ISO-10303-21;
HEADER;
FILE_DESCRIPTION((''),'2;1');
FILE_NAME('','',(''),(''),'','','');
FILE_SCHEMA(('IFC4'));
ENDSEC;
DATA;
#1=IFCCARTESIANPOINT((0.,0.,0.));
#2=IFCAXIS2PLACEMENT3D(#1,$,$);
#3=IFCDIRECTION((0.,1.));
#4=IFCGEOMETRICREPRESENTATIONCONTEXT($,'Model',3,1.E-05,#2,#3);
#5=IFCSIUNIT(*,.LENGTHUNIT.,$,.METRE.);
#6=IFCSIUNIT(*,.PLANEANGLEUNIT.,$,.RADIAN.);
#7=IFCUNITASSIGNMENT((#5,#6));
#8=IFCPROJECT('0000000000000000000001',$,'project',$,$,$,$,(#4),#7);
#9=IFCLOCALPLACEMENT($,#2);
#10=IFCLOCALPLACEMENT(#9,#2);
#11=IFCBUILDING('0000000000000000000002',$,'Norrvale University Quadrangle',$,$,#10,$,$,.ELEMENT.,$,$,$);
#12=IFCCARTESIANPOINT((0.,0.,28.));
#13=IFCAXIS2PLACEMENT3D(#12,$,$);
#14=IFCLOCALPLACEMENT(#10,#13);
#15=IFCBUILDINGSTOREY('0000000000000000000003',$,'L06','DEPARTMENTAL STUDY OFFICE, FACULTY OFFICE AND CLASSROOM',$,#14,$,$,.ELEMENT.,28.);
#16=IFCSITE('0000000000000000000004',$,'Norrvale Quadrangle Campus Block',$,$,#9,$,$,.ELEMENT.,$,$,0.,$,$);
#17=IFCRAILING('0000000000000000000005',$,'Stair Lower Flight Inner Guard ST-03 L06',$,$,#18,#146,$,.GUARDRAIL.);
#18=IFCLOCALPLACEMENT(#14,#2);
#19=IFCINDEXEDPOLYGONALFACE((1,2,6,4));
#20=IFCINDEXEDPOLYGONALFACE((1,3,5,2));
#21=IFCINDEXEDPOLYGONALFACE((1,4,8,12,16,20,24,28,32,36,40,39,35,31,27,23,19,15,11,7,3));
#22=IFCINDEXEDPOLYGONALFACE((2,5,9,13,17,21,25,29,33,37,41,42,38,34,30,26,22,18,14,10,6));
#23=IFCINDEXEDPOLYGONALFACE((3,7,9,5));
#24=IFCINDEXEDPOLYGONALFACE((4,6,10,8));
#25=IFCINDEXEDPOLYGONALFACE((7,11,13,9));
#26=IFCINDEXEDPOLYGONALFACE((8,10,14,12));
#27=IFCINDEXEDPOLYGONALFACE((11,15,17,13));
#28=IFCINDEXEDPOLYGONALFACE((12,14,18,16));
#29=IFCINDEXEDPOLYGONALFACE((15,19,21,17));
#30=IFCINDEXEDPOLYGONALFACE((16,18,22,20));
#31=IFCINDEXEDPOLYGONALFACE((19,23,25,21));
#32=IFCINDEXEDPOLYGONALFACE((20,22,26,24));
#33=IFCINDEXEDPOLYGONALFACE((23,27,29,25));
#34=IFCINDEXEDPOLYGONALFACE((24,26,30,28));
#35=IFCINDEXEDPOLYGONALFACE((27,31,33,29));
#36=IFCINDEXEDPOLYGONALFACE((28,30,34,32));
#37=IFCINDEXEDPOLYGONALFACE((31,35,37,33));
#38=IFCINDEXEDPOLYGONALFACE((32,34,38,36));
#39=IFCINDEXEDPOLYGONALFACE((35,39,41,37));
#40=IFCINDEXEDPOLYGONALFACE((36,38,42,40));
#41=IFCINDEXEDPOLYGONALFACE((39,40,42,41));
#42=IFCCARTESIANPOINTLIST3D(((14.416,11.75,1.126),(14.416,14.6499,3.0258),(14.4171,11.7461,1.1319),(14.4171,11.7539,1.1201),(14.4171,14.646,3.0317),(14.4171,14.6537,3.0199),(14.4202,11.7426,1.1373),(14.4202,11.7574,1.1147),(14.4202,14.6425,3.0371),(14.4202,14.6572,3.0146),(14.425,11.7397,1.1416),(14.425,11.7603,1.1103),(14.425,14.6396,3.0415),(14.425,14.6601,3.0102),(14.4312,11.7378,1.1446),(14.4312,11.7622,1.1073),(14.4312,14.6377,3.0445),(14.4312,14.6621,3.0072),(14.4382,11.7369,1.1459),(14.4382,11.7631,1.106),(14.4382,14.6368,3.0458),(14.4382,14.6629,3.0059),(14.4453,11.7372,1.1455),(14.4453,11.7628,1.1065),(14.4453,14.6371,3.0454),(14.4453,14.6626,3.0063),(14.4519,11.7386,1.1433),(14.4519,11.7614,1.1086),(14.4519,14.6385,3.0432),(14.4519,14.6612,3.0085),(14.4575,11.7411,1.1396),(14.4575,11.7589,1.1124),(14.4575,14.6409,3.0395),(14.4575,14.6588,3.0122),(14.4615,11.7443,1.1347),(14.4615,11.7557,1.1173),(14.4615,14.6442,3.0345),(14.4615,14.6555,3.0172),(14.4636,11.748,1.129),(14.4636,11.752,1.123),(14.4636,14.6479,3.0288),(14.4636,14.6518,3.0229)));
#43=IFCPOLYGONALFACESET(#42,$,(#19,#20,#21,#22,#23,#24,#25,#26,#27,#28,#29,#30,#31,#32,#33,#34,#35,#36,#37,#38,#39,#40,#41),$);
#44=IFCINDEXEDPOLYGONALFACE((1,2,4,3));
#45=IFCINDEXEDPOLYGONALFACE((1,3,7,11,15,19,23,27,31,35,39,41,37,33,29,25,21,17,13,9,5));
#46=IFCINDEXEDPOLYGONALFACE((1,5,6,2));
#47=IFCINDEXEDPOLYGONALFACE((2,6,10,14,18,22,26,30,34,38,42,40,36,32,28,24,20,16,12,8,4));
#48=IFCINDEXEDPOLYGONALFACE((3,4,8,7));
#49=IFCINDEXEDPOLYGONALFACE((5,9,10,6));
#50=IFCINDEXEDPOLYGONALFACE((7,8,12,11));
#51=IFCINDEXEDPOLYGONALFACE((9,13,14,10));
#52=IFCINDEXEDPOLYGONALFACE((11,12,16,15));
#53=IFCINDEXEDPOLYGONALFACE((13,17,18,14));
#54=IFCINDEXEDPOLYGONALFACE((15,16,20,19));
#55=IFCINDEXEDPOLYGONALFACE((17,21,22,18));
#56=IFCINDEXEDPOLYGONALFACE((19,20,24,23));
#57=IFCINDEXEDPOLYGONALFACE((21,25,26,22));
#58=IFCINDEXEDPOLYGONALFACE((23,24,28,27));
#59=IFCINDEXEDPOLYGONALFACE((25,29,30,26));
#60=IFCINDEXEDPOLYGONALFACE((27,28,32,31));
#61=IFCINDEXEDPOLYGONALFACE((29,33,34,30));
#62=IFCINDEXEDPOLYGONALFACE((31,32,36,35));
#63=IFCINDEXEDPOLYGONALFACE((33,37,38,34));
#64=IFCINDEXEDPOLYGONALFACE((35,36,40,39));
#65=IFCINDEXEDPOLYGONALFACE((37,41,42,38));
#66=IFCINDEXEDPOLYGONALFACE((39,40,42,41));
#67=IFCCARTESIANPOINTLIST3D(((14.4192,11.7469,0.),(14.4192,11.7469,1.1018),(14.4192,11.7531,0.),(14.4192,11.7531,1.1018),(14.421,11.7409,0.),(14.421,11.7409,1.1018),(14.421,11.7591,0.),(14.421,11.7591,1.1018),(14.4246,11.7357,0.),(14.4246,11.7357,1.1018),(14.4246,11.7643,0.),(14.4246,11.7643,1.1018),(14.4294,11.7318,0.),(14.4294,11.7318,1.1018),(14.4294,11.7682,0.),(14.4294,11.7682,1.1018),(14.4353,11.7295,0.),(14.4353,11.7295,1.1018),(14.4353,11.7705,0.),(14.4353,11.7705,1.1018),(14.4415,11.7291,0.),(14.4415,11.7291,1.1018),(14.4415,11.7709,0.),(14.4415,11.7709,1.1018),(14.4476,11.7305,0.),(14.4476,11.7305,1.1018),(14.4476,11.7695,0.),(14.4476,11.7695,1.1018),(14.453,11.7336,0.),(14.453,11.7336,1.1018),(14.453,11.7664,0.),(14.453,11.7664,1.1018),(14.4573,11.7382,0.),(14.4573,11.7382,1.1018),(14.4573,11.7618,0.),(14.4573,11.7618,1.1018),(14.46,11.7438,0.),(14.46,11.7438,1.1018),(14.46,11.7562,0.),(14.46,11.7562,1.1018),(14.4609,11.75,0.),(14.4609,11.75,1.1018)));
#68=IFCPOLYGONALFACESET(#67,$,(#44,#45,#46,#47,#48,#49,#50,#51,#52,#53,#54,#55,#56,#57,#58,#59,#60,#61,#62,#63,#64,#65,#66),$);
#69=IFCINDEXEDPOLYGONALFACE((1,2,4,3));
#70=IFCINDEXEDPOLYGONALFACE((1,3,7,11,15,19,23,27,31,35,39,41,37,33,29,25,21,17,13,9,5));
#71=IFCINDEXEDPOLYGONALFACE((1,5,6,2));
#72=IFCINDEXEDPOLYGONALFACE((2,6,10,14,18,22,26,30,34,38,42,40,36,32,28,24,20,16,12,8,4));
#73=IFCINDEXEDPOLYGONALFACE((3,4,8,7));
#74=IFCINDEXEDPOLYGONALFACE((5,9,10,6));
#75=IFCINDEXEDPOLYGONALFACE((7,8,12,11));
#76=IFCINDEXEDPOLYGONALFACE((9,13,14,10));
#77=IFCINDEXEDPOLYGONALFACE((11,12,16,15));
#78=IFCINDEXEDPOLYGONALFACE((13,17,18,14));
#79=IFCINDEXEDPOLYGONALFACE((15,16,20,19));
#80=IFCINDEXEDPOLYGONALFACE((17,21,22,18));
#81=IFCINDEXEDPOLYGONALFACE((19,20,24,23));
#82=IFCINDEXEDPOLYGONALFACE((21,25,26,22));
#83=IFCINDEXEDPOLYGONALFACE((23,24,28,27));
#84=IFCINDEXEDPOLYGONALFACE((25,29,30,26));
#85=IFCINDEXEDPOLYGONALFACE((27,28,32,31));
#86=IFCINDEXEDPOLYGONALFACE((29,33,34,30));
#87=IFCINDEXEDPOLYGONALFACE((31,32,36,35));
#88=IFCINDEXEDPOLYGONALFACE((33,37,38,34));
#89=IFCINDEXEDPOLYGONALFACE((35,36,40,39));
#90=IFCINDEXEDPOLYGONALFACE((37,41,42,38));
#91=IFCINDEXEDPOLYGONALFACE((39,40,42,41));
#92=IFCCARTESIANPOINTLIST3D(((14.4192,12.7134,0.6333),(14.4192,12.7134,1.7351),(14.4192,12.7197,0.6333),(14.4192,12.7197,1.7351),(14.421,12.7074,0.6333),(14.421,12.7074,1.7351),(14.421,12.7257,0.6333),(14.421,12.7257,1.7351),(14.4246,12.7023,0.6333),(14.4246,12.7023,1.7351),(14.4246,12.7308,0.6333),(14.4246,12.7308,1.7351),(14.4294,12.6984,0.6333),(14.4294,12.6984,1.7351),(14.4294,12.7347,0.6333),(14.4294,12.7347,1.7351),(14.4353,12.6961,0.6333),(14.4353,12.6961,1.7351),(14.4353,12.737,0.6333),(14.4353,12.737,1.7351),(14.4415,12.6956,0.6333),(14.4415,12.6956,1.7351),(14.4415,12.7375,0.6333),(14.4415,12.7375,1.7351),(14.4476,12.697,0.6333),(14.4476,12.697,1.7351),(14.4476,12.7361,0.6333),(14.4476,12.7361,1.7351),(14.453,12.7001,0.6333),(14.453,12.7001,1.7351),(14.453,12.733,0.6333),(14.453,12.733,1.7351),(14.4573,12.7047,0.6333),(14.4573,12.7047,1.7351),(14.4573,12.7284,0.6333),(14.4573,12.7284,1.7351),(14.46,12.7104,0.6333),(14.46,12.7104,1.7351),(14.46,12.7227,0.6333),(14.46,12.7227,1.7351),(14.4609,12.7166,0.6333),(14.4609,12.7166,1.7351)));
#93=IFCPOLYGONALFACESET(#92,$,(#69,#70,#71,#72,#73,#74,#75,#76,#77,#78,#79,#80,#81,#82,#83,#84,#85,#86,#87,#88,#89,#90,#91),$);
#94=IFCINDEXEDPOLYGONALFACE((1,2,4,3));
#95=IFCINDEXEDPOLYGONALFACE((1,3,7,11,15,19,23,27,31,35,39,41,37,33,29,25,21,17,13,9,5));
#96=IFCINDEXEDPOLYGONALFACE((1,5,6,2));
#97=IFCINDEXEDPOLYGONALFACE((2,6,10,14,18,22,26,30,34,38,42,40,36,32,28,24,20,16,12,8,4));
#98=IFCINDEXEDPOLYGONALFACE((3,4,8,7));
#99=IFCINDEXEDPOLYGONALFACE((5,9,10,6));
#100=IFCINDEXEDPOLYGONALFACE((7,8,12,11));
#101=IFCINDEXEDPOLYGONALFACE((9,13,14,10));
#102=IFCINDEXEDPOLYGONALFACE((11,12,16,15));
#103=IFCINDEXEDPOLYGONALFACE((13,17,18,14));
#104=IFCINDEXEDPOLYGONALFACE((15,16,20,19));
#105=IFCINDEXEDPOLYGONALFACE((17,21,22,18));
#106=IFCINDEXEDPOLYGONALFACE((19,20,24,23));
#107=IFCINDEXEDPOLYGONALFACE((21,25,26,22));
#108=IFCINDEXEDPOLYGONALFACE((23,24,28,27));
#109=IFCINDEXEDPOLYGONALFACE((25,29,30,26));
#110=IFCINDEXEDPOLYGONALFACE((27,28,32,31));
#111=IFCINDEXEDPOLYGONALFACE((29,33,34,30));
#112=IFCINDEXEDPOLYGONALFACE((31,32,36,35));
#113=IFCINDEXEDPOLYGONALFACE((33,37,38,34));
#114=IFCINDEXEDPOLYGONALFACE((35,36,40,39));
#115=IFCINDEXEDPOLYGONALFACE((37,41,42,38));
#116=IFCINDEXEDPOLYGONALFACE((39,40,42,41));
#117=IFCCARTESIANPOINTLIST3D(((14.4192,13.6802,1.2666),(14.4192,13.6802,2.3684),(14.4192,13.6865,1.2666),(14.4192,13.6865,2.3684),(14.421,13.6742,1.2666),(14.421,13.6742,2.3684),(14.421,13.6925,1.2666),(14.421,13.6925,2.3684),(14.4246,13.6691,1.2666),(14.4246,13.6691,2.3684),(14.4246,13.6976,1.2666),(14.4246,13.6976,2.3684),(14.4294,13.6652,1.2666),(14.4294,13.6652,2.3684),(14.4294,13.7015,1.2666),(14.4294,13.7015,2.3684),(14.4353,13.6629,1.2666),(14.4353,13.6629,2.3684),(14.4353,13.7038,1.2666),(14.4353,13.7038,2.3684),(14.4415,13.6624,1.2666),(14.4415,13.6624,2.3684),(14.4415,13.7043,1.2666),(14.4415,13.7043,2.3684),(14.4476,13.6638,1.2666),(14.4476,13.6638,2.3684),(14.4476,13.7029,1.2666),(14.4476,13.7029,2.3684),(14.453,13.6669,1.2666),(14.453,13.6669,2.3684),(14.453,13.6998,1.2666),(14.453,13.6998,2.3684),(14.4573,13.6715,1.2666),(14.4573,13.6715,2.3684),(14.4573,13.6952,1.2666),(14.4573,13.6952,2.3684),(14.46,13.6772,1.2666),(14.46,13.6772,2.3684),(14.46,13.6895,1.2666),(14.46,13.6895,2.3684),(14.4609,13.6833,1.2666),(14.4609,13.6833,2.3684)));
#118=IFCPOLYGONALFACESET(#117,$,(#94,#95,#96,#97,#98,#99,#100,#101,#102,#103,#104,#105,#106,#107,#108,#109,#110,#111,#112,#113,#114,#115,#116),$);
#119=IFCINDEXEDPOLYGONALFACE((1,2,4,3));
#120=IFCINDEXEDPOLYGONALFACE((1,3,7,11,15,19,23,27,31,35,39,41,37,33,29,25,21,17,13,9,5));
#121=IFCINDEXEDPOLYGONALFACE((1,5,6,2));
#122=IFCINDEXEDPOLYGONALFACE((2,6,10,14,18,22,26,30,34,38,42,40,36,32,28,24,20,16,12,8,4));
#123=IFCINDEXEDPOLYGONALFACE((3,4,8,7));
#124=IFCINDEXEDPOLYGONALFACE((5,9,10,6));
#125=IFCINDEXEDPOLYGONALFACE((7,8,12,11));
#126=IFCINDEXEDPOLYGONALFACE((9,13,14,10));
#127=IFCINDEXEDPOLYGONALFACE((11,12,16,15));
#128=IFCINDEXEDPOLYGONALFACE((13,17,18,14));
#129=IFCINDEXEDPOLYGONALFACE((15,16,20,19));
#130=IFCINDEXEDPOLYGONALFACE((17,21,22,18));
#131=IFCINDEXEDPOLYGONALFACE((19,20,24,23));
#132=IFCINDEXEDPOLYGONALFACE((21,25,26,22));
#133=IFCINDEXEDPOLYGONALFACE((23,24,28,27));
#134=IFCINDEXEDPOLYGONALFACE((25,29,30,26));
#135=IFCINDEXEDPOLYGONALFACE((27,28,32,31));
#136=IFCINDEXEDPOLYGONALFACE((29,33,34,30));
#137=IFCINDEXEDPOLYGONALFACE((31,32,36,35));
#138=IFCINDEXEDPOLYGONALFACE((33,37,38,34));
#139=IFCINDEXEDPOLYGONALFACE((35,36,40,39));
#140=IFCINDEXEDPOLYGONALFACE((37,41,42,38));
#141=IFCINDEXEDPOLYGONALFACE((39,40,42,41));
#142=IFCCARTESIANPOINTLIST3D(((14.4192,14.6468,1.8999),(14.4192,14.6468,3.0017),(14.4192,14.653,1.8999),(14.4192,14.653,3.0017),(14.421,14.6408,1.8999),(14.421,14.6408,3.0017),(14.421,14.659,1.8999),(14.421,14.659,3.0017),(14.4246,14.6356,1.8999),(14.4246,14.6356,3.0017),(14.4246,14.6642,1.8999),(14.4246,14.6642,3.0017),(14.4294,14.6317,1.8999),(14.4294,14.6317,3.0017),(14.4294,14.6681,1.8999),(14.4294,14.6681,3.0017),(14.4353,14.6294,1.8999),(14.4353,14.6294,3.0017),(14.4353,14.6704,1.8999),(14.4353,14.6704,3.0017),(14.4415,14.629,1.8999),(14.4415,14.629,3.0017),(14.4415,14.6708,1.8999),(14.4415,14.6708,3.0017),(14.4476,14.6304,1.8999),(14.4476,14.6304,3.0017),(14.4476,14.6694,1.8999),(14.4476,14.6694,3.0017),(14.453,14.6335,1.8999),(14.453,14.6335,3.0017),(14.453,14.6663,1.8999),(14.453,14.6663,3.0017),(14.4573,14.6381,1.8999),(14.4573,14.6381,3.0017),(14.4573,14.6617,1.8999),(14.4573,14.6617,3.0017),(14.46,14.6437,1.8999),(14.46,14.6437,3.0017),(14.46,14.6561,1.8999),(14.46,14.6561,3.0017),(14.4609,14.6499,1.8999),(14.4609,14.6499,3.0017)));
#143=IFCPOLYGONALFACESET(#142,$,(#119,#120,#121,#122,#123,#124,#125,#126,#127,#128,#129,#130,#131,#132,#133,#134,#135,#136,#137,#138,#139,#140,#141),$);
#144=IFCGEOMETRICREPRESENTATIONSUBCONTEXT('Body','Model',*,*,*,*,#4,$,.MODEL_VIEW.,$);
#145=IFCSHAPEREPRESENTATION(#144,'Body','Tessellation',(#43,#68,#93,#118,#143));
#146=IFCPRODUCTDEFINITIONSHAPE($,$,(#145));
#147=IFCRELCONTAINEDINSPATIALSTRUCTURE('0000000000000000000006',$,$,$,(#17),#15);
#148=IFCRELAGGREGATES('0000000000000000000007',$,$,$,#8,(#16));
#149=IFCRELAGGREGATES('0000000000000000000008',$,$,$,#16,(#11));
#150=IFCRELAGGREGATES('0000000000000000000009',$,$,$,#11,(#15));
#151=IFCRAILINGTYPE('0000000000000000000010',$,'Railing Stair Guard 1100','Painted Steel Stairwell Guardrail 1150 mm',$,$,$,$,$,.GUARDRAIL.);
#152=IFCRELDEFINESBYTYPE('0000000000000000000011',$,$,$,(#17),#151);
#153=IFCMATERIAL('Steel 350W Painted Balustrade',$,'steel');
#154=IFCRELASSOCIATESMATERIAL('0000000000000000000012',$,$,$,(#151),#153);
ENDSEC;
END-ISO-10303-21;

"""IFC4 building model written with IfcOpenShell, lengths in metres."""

from ifc_helpers import new_model, si_unit, direction, frame, origin, origin_2d, place, context, subcontext, project, spatial, circle, extrude, material, type_object, element, save


model = new_model("IFC4")

# Units and contexts
model_context = context("Model", 3, precision=1e-05, world=origin(), true_north=direction((0.0, 1.0)))
body_context = subcontext(model_context, "Body", "Model", "MODEL_VIEW")
ifc_project = project(units=[si_unit("LENGTHUNIT", "METRE"), si_unit("PLANEANGLEUNIT", "RADIAN")], contexts=[model_context])

# Site, building, storey
site_placement = place(None, origin())
site = spatial("IfcSite", under=ifc_project, at=site_placement, Name="Norrvale Quadrangle Campus Block", CompositionType="ELEMENT", RefElevation=0.0)
building_placement = place(site_placement, origin())
building = spatial("IfcBuilding", under=site, at=building_placement, Name="Norrvale University Quadrangle", CompositionType="ELEMENT")
storey_placement = place(building_placement, frame((0.0, 0.0, 28.0)))
storey = spatial("IfcBuildingStorey", under=building, at=storey_placement, Name="L06", Description="DEPARTMENTAL STUDY OFFICE, FACULTY OFFICE AND CLASSROOM", CompositionType="ELEMENT", Elevation=28.0)

# Railing
ifc_material_1 = material(Name="Steel 350W Painted Balustrade", Category="steel")
railing_type_1 = type_object("IfcRailingType", Name="Railing Stair Guard 1100", Description="Painted Steel Stairwell Guardrail 1150 mm", PredefinedType="GUARDRAIL", material=ifc_material_1)
railing_1_placement = place(storey_placement, frame((14.4399, 11.75, 0.0)))
element("IfcRailing", 1, at=railing_1_placement, inside=storey, type_object=railing_type_1, Name="Stair Lower Flight Inner Guard ST-03 L06", PredefinedType="GUARDRAIL", context=body_context, shape_type="SweptSolid", body=[
    extrude(circle(Radius=0.0239, at=origin_2d()), frame((0.0, 0.0, 1.126), z_axis=(0.0, 0.836466, 0.548019), x_axis=(-1.0, 0.0, 0.0)), (0.0, 0.0, 1.0), 3.4668),
    extrude(circle(Radius=0.021, at=origin_2d()), origin(), (0.0, 0.0, 1.0), 1.1018),
    extrude(circle(Radius=0.021, at=origin_2d()), frame((0.0, 0.9666, 0.6333)), (0.0, 0.0, 1.0), 1.1018),
    extrude(circle(Radius=0.021, at=origin_2d()), frame((0.0, 1.9333, 1.2666)), (0.0, 0.0, 1.0), 1.1018),
    extrude(circle(Radius=0.021, at=origin_2d()), frame((0.0, 2.8999, 1.8999)), (0.0, 0.0, 1.0), 1.1018),
])

save(model, "model.ifc")
